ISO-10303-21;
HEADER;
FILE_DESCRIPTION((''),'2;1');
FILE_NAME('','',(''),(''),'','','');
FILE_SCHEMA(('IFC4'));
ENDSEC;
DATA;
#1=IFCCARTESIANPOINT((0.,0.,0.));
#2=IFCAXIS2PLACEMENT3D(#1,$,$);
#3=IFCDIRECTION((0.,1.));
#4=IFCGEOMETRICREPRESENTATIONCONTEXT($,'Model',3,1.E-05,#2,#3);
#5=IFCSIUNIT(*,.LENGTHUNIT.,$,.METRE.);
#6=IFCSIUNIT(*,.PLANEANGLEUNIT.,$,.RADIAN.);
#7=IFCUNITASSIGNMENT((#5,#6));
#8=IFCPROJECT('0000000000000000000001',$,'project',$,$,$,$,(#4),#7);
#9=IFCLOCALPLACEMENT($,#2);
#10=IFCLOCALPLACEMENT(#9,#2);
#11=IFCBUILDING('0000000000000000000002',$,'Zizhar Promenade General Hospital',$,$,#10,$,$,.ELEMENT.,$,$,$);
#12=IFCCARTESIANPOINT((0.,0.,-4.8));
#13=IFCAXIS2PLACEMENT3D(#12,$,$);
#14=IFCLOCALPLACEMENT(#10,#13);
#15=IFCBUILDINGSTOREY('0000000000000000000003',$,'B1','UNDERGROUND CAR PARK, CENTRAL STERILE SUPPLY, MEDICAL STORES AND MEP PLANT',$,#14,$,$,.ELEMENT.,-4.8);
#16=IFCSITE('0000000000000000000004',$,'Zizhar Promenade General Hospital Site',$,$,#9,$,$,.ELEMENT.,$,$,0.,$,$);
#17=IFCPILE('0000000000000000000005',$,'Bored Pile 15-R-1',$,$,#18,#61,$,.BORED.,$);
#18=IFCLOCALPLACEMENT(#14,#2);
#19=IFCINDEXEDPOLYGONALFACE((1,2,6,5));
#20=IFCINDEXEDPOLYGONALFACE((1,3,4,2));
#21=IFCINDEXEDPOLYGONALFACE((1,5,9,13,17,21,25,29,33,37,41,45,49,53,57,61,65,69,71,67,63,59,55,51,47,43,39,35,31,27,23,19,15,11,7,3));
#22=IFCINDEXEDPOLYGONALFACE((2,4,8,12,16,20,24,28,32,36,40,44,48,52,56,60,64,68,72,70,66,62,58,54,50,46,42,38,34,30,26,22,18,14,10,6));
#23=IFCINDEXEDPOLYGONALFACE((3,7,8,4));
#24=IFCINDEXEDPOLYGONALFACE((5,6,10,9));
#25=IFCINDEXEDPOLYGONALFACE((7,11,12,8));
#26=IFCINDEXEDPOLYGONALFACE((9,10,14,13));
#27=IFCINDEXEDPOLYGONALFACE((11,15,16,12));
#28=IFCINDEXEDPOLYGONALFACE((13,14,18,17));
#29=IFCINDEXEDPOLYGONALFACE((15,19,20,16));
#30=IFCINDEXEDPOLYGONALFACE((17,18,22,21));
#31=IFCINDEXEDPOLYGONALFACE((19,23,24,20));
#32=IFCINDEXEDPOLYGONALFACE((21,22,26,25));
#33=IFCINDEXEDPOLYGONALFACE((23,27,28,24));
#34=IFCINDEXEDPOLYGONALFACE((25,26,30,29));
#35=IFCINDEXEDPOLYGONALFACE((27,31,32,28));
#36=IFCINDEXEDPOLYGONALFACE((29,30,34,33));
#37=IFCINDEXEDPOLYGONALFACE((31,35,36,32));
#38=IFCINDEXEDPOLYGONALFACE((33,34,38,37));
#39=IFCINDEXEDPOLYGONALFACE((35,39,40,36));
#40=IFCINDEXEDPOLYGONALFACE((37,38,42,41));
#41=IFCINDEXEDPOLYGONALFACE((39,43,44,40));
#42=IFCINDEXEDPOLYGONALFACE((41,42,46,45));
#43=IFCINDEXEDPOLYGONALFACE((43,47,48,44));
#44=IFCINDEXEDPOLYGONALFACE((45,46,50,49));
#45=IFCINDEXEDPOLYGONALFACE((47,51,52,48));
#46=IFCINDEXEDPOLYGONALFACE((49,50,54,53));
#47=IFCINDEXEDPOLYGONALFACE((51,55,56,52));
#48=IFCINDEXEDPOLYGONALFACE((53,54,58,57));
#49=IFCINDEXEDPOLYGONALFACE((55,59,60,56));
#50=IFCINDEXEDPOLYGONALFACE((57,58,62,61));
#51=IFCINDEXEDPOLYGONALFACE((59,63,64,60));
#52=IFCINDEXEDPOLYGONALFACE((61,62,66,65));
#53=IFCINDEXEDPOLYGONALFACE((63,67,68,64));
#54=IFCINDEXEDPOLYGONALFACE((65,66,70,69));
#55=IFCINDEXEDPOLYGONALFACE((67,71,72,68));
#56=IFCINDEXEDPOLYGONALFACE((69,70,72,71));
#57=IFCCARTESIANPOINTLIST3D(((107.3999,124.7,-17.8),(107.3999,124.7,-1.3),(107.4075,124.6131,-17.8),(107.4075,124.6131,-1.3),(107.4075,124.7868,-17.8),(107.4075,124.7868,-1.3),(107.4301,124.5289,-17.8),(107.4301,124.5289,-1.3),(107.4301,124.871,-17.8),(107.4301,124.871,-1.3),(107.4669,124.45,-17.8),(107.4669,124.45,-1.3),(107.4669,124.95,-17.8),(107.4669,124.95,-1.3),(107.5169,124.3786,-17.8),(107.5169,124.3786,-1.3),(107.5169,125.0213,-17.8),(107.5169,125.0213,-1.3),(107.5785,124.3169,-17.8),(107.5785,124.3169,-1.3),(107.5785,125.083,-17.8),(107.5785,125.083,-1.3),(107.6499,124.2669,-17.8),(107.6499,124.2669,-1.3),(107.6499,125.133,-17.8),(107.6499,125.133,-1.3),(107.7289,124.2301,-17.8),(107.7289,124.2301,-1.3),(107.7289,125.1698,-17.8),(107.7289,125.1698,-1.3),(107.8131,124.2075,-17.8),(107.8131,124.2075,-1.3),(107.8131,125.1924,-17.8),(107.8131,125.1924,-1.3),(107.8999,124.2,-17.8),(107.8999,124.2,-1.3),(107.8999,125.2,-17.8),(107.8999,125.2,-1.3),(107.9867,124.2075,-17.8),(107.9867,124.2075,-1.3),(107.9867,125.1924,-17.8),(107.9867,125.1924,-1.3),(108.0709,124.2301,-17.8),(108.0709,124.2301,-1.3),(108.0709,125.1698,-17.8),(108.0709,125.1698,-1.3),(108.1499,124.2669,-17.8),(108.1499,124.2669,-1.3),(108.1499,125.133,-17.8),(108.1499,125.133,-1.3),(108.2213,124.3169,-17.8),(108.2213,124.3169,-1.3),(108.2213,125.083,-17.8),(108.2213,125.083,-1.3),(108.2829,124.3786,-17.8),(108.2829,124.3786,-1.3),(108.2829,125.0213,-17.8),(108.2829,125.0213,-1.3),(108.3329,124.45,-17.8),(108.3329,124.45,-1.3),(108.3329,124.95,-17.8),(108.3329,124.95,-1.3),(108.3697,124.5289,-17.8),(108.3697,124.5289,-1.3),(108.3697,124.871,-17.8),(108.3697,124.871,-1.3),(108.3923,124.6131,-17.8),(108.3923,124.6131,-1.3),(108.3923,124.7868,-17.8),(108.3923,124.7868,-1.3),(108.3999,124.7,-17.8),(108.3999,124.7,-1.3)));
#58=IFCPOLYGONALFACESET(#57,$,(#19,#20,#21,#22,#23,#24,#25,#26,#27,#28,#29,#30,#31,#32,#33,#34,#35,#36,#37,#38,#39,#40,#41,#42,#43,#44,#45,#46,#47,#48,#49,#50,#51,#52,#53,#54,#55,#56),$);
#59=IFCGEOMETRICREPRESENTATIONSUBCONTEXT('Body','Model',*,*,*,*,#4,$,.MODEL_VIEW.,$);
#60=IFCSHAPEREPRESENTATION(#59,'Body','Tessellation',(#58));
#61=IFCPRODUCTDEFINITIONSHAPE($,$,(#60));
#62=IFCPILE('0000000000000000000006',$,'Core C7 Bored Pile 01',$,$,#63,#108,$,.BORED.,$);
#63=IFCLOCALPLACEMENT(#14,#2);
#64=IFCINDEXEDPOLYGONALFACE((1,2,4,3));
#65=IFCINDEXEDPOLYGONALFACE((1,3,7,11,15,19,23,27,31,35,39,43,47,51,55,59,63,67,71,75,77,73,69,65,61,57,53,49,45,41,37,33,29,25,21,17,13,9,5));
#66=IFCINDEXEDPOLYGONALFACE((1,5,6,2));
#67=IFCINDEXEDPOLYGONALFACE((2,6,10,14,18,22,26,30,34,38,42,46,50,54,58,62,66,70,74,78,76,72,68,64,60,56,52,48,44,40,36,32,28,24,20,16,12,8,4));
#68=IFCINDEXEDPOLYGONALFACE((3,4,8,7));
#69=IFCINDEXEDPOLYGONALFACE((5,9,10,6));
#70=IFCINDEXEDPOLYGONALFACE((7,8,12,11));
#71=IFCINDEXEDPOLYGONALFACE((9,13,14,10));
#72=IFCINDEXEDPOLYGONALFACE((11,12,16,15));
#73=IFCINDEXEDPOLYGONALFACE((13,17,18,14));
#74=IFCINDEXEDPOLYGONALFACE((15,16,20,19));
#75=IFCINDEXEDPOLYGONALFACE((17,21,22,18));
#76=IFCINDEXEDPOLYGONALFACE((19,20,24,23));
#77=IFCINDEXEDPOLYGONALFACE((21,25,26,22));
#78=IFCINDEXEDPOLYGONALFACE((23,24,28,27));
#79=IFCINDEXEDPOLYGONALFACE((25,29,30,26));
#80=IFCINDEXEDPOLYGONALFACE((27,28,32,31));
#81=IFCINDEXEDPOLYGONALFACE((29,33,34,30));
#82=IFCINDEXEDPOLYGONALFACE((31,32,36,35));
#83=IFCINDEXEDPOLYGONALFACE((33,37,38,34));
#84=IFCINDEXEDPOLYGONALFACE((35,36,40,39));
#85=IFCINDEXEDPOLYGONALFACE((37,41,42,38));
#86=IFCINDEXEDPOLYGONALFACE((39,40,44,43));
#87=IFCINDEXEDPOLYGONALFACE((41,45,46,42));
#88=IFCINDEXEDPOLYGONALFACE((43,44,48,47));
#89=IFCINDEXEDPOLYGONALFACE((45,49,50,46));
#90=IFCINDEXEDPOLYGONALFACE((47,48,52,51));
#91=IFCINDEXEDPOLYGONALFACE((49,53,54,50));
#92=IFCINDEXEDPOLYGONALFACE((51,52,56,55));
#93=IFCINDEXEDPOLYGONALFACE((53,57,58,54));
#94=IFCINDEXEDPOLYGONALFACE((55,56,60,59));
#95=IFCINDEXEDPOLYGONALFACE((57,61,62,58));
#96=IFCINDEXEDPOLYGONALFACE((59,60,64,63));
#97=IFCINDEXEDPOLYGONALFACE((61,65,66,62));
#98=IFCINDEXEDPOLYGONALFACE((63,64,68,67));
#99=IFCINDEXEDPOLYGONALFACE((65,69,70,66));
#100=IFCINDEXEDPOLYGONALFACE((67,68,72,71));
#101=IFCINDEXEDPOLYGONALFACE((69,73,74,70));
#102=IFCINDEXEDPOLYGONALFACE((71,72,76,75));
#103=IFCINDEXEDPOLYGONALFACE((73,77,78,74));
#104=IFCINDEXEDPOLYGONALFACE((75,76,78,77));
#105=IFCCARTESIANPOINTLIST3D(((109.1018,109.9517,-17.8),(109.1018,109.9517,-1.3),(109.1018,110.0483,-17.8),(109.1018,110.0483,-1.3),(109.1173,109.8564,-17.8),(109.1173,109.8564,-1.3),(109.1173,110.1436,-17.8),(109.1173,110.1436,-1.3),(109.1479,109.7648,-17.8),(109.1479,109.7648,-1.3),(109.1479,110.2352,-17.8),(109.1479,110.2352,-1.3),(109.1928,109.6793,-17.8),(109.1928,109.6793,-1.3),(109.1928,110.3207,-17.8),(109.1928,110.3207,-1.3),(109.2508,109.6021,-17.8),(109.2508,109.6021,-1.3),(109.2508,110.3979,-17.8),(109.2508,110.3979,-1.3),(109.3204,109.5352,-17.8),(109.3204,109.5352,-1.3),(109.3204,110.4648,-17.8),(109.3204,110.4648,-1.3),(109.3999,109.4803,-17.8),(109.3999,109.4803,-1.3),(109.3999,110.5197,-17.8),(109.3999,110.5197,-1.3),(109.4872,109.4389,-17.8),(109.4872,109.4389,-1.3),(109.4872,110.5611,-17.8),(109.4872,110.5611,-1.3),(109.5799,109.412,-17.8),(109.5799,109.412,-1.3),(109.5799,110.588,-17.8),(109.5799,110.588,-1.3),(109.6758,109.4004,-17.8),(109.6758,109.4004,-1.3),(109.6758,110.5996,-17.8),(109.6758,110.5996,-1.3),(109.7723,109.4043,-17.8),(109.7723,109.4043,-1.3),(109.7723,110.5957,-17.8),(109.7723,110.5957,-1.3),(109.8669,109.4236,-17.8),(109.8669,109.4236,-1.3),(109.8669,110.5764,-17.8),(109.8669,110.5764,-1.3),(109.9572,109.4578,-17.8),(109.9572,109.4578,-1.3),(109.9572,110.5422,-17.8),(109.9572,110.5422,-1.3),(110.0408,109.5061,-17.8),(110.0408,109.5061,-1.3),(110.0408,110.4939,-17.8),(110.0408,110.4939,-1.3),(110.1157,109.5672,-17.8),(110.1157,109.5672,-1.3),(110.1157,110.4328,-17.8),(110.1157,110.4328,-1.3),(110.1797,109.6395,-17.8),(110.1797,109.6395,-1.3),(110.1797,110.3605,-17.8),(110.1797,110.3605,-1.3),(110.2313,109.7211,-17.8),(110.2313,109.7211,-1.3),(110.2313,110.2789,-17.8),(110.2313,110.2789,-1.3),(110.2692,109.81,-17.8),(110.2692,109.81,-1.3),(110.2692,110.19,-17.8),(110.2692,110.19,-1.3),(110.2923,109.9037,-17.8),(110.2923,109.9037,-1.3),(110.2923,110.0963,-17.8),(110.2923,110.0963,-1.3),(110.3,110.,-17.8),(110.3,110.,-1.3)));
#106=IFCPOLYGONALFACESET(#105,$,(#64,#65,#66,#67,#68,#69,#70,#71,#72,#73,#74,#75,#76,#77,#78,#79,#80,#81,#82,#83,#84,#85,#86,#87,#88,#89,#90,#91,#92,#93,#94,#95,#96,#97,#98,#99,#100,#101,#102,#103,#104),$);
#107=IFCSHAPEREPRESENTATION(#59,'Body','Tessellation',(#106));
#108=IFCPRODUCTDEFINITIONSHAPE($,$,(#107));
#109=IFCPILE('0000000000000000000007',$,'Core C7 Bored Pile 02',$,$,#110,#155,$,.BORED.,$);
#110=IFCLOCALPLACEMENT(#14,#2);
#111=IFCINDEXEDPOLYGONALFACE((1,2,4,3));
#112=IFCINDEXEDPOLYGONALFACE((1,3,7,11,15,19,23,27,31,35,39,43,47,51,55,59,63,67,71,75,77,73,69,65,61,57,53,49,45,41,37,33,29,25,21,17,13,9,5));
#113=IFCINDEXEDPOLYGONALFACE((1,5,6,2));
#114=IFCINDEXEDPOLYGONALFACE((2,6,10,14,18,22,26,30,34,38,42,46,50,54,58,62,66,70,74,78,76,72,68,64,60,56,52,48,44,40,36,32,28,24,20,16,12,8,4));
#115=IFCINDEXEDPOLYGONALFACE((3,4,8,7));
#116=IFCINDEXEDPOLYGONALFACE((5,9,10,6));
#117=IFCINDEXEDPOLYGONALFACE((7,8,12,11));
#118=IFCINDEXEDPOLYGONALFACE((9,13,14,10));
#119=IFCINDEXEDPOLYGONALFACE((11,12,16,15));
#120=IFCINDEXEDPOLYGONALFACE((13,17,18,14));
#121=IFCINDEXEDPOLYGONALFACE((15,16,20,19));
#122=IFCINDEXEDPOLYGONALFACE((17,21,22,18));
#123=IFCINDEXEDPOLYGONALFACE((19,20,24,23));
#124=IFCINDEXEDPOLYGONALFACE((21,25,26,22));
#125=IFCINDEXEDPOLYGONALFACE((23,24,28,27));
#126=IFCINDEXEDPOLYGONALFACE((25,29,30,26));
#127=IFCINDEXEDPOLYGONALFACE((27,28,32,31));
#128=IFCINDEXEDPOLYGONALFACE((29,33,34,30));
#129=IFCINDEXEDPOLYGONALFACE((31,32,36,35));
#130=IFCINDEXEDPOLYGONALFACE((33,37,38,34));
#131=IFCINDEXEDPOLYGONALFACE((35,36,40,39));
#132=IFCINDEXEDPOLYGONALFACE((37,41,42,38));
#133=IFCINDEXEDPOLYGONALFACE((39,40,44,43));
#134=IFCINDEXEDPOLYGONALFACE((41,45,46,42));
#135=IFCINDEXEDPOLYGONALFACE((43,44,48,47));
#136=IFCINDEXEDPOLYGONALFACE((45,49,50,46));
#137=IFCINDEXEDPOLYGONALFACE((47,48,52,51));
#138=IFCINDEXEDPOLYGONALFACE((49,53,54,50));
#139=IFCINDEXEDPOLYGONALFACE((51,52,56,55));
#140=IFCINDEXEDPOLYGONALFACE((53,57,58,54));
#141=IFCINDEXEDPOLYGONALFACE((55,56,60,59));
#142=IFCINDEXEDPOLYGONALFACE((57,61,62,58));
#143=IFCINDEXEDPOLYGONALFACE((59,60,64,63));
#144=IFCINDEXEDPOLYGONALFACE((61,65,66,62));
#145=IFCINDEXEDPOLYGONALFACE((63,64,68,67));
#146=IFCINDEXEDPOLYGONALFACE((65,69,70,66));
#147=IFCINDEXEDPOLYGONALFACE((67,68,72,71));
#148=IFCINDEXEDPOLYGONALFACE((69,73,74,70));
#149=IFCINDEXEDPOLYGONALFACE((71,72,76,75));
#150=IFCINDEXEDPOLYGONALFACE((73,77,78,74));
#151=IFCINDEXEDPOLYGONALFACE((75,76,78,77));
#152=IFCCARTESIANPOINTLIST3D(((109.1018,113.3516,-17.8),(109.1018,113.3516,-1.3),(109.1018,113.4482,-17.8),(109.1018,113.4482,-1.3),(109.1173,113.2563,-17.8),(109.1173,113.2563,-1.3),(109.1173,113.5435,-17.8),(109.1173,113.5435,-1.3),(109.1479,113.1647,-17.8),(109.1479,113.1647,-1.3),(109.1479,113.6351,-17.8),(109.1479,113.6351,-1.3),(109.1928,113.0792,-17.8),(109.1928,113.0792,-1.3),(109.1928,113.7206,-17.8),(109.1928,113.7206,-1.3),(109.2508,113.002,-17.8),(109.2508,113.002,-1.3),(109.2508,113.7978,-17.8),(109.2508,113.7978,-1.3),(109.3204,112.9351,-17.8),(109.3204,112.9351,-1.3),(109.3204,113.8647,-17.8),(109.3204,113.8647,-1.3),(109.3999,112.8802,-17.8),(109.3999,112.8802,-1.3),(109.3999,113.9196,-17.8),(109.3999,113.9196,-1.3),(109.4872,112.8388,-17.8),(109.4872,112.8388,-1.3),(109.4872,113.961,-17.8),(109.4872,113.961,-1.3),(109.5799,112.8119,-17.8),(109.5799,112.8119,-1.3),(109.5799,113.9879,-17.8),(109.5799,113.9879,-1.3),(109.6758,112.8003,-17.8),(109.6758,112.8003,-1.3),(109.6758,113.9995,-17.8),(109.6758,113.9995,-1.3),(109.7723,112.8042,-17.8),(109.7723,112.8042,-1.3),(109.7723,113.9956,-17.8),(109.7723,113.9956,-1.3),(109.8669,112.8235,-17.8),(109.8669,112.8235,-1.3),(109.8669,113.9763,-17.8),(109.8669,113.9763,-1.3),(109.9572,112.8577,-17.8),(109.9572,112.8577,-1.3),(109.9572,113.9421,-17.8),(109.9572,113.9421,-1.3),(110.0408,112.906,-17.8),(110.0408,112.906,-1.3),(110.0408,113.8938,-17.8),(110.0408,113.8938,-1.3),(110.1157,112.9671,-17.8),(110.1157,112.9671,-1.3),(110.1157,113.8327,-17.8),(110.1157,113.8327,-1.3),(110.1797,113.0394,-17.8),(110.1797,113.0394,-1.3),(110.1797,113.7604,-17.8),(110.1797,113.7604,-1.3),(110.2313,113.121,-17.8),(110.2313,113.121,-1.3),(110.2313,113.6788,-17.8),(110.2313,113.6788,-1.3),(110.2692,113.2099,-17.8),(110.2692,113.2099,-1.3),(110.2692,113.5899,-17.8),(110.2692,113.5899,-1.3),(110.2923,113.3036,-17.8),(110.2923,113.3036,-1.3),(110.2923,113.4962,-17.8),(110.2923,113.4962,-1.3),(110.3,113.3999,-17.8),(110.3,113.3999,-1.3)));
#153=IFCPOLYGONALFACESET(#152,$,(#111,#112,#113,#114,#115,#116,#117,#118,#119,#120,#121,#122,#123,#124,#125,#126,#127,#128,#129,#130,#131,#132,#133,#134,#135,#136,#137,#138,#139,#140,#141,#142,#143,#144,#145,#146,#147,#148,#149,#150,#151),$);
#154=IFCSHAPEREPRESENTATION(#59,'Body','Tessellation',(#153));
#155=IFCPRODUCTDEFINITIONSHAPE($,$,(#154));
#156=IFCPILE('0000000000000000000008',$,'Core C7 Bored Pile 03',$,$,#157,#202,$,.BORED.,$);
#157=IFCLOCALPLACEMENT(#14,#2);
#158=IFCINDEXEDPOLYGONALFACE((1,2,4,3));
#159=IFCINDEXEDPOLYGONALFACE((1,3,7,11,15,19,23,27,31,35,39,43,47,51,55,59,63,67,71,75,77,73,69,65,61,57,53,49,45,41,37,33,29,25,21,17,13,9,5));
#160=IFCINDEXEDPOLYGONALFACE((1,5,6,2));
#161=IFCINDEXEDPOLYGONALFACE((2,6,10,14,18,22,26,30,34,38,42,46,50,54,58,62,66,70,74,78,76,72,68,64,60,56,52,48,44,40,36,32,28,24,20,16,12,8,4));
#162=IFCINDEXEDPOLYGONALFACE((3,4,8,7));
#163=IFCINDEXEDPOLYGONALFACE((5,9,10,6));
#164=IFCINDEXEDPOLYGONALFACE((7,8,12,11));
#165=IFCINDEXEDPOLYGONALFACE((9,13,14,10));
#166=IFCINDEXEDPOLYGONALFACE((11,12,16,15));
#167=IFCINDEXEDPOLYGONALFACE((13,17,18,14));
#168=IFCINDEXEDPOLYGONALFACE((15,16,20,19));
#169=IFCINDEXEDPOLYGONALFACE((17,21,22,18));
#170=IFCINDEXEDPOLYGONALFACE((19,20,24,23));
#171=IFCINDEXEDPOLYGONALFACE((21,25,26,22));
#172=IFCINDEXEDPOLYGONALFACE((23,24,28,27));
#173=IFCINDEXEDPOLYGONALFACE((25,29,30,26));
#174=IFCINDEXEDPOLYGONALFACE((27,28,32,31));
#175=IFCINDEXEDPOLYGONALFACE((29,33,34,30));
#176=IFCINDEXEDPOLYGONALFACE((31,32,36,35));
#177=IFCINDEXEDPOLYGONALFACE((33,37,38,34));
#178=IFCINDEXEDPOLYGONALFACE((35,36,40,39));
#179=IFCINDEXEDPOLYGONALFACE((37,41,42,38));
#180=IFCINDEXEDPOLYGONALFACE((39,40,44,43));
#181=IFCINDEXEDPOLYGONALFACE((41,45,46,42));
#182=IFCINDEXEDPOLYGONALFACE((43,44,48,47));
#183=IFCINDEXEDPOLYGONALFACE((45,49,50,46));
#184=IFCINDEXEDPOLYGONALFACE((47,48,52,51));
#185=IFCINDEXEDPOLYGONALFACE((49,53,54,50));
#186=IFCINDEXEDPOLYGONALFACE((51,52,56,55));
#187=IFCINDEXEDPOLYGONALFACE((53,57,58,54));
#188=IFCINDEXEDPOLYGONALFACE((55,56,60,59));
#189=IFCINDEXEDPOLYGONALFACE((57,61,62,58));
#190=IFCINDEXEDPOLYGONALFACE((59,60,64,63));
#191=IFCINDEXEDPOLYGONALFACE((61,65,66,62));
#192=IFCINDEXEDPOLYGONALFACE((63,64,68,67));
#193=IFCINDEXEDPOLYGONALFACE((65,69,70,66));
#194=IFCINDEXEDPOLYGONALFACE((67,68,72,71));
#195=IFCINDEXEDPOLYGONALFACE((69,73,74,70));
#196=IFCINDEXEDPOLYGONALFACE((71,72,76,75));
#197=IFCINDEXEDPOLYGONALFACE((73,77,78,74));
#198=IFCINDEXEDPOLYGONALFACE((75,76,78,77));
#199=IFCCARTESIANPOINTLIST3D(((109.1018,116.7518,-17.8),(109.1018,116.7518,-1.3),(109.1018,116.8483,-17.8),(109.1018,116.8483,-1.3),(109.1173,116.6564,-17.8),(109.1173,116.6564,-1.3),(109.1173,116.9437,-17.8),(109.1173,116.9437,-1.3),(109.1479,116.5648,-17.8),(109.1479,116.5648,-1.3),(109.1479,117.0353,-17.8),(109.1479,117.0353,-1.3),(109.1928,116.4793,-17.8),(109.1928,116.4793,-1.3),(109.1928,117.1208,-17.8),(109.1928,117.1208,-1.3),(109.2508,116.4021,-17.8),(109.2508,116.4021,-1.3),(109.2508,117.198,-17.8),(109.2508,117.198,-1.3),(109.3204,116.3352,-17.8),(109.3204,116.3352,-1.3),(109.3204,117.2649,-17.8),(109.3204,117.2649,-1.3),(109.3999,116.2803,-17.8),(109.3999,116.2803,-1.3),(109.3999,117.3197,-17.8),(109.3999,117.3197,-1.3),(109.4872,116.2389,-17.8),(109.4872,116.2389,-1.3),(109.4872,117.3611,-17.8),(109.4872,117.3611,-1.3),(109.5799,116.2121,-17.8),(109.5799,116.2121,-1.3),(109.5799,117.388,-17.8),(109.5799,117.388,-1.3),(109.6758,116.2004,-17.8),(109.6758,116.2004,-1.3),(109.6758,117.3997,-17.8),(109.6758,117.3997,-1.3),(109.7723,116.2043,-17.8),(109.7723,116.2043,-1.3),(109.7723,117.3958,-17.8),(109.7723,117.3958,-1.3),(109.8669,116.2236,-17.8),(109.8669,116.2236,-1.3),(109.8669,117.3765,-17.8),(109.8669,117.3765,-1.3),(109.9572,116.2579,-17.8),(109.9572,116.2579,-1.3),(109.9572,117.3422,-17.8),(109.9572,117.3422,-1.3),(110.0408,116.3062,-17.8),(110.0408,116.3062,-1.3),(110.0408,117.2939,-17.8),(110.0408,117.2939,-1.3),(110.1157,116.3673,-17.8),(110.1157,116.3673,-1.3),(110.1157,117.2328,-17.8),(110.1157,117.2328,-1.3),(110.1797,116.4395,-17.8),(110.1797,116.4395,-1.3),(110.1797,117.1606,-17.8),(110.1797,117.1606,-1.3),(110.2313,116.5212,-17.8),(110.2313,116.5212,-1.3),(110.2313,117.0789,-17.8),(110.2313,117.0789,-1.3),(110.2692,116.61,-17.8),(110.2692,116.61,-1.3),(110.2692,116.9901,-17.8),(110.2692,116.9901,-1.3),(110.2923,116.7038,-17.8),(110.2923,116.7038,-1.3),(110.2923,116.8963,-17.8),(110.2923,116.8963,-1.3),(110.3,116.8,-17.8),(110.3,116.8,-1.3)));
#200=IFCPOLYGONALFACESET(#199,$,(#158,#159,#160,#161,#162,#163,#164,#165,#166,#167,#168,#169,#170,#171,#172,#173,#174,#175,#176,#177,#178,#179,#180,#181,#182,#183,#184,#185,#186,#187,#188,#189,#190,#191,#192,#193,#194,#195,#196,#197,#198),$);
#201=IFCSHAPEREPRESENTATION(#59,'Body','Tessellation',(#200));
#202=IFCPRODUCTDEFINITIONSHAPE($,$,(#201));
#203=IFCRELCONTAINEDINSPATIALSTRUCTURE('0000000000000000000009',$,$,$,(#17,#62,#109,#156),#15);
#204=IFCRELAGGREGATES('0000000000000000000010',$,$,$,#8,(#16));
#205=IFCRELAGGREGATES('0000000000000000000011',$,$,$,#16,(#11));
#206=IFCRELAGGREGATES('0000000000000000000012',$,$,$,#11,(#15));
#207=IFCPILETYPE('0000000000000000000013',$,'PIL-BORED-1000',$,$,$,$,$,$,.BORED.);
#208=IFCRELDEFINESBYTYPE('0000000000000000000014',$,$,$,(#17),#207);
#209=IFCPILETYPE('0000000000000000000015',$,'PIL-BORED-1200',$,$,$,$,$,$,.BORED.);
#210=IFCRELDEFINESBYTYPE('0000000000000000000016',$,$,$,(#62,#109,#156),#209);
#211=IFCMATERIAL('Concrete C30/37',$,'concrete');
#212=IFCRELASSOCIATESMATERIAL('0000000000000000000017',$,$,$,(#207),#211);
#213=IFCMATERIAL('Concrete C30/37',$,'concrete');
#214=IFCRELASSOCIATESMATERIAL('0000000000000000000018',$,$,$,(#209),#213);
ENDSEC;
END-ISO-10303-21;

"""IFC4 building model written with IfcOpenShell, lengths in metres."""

from ifc_helpers import new_model, si_unit, direction, frame, origin, origin_2d, place, context, subcontext, project, spatial, circle, extrude, material, material_profile, profile_set, type_object, element, save


model = new_model("IFC4")

# Units and contexts
model_context = context("Model", 3, precision=1e-05, world=origin(), true_north=direction((0.0, 1.0)))
body_context = subcontext(model_context, "Body", "Model", "MODEL_VIEW")
ifc_project = project(units=[si_unit("LENGTHUNIT", "METRE"), si_unit("PLANEANGLEUNIT", "RADIAN")], contexts=[model_context])

# Site, building, storey
site_placement = place(None, origin())
site = spatial("IfcSite", under=ifc_project, at=site_placement, Name="Zizhar Promenade General Hospital Site", CompositionType="ELEMENT", RefElevation=0.0)
building_placement = place(site_placement, origin())
building = spatial("IfcBuilding", under=site, at=building_placement, Name="Zizhar Promenade General Hospital", CompositionType="ELEMENT")
storey_placement = place(building_placement, frame((0.0, 0.0, -4.8)))
storey = spatial("IfcBuildingStorey", under=building, at=storey_placement, Name="B1", Description="UNDERGROUND CAR PARK, CENTRAL STERILE SUPPLY, MEDICAL STORES AND MEP PLANT", CompositionType="ELEMENT", Elevation=-4.8)

# Piles
ifc_material_1 = material(Name="Concrete C30/37", Category="concrete")
ifc_material_profile_1 = material_profile(ifc_material_1, circle(Radius=0.5, at=origin_2d()))
ifc_profile_set_1 = profile_set([ifc_material_profile_1], Name="Concrete C30/37")
pile_type_1 = type_object("IfcPileType", Name="PIL-BORED-1000", PredefinedType="BORED", material=ifc_profile_set_1)
for number, where, z_axis, x_axis, name in (
    (1, (107.8999, 124.7, -1.3), (0.0, 0.0, -1.0), (1.0, 0.0, 0.0), "Bored Pile 15-R-1"),
):
    element("IfcPile", number, at=place(storey_placement, frame(where, z_axis=z_axis, x_axis=x_axis)), inside=storey, type_object=pile_type_1, Name=name, PredefinedType="BORED", context=body_context, shape_type="SweptSolid", body=[
        extrude(circle(Radius=0.5, at=origin_2d()), origin(), (0.0, 0.0, 1.0), 16.5),
    ])
ifc_material_2 = material(Name="Concrete C30/37", Category="concrete")
ifc_material_profile_2 = material_profile(ifc_material_2, circle(Radius=0.6001, at=origin_2d()))
ifc_profile_set_2 = profile_set([ifc_material_profile_2], Name="Concrete C30/37")
pile_type_2 = type_object("IfcPileType", Name="PIL-BORED-1200", PredefinedType="BORED", material=ifc_profile_set_2)
for number, where, z_axis, x_axis, name in (
    (2, (109.7, 110.0, -1.3), (0.0, 0.0, -1.0), (1.0, 0.0, 0.0), "Core C7 Bored Pile 01"),
    (3, (109.7, 113.3999, -1.3), (0.0, 0.0, -1.0), (1.0, 0.0, 0.0), "Core C7 Bored Pile 02"),
    (4, (109.7, 116.8, -1.3), (0.0, 0.0, -1.0), (1.0, 0.0, 0.0), "Core C7 Bored Pile 03"),
):
    element("IfcPile", number, at=place(storey_placement, frame(where, z_axis=z_axis, x_axis=x_axis)), inside=storey, type_object=pile_type_2, Name=name, PredefinedType="BORED", context=body_context, shape_type="SweptSolid", body=[
        extrude(circle(Radius=0.6001, at=origin_2d()), origin(), (0.0, 0.0, 1.0), 16.5),
    ])

save(model, "model.ifc")
